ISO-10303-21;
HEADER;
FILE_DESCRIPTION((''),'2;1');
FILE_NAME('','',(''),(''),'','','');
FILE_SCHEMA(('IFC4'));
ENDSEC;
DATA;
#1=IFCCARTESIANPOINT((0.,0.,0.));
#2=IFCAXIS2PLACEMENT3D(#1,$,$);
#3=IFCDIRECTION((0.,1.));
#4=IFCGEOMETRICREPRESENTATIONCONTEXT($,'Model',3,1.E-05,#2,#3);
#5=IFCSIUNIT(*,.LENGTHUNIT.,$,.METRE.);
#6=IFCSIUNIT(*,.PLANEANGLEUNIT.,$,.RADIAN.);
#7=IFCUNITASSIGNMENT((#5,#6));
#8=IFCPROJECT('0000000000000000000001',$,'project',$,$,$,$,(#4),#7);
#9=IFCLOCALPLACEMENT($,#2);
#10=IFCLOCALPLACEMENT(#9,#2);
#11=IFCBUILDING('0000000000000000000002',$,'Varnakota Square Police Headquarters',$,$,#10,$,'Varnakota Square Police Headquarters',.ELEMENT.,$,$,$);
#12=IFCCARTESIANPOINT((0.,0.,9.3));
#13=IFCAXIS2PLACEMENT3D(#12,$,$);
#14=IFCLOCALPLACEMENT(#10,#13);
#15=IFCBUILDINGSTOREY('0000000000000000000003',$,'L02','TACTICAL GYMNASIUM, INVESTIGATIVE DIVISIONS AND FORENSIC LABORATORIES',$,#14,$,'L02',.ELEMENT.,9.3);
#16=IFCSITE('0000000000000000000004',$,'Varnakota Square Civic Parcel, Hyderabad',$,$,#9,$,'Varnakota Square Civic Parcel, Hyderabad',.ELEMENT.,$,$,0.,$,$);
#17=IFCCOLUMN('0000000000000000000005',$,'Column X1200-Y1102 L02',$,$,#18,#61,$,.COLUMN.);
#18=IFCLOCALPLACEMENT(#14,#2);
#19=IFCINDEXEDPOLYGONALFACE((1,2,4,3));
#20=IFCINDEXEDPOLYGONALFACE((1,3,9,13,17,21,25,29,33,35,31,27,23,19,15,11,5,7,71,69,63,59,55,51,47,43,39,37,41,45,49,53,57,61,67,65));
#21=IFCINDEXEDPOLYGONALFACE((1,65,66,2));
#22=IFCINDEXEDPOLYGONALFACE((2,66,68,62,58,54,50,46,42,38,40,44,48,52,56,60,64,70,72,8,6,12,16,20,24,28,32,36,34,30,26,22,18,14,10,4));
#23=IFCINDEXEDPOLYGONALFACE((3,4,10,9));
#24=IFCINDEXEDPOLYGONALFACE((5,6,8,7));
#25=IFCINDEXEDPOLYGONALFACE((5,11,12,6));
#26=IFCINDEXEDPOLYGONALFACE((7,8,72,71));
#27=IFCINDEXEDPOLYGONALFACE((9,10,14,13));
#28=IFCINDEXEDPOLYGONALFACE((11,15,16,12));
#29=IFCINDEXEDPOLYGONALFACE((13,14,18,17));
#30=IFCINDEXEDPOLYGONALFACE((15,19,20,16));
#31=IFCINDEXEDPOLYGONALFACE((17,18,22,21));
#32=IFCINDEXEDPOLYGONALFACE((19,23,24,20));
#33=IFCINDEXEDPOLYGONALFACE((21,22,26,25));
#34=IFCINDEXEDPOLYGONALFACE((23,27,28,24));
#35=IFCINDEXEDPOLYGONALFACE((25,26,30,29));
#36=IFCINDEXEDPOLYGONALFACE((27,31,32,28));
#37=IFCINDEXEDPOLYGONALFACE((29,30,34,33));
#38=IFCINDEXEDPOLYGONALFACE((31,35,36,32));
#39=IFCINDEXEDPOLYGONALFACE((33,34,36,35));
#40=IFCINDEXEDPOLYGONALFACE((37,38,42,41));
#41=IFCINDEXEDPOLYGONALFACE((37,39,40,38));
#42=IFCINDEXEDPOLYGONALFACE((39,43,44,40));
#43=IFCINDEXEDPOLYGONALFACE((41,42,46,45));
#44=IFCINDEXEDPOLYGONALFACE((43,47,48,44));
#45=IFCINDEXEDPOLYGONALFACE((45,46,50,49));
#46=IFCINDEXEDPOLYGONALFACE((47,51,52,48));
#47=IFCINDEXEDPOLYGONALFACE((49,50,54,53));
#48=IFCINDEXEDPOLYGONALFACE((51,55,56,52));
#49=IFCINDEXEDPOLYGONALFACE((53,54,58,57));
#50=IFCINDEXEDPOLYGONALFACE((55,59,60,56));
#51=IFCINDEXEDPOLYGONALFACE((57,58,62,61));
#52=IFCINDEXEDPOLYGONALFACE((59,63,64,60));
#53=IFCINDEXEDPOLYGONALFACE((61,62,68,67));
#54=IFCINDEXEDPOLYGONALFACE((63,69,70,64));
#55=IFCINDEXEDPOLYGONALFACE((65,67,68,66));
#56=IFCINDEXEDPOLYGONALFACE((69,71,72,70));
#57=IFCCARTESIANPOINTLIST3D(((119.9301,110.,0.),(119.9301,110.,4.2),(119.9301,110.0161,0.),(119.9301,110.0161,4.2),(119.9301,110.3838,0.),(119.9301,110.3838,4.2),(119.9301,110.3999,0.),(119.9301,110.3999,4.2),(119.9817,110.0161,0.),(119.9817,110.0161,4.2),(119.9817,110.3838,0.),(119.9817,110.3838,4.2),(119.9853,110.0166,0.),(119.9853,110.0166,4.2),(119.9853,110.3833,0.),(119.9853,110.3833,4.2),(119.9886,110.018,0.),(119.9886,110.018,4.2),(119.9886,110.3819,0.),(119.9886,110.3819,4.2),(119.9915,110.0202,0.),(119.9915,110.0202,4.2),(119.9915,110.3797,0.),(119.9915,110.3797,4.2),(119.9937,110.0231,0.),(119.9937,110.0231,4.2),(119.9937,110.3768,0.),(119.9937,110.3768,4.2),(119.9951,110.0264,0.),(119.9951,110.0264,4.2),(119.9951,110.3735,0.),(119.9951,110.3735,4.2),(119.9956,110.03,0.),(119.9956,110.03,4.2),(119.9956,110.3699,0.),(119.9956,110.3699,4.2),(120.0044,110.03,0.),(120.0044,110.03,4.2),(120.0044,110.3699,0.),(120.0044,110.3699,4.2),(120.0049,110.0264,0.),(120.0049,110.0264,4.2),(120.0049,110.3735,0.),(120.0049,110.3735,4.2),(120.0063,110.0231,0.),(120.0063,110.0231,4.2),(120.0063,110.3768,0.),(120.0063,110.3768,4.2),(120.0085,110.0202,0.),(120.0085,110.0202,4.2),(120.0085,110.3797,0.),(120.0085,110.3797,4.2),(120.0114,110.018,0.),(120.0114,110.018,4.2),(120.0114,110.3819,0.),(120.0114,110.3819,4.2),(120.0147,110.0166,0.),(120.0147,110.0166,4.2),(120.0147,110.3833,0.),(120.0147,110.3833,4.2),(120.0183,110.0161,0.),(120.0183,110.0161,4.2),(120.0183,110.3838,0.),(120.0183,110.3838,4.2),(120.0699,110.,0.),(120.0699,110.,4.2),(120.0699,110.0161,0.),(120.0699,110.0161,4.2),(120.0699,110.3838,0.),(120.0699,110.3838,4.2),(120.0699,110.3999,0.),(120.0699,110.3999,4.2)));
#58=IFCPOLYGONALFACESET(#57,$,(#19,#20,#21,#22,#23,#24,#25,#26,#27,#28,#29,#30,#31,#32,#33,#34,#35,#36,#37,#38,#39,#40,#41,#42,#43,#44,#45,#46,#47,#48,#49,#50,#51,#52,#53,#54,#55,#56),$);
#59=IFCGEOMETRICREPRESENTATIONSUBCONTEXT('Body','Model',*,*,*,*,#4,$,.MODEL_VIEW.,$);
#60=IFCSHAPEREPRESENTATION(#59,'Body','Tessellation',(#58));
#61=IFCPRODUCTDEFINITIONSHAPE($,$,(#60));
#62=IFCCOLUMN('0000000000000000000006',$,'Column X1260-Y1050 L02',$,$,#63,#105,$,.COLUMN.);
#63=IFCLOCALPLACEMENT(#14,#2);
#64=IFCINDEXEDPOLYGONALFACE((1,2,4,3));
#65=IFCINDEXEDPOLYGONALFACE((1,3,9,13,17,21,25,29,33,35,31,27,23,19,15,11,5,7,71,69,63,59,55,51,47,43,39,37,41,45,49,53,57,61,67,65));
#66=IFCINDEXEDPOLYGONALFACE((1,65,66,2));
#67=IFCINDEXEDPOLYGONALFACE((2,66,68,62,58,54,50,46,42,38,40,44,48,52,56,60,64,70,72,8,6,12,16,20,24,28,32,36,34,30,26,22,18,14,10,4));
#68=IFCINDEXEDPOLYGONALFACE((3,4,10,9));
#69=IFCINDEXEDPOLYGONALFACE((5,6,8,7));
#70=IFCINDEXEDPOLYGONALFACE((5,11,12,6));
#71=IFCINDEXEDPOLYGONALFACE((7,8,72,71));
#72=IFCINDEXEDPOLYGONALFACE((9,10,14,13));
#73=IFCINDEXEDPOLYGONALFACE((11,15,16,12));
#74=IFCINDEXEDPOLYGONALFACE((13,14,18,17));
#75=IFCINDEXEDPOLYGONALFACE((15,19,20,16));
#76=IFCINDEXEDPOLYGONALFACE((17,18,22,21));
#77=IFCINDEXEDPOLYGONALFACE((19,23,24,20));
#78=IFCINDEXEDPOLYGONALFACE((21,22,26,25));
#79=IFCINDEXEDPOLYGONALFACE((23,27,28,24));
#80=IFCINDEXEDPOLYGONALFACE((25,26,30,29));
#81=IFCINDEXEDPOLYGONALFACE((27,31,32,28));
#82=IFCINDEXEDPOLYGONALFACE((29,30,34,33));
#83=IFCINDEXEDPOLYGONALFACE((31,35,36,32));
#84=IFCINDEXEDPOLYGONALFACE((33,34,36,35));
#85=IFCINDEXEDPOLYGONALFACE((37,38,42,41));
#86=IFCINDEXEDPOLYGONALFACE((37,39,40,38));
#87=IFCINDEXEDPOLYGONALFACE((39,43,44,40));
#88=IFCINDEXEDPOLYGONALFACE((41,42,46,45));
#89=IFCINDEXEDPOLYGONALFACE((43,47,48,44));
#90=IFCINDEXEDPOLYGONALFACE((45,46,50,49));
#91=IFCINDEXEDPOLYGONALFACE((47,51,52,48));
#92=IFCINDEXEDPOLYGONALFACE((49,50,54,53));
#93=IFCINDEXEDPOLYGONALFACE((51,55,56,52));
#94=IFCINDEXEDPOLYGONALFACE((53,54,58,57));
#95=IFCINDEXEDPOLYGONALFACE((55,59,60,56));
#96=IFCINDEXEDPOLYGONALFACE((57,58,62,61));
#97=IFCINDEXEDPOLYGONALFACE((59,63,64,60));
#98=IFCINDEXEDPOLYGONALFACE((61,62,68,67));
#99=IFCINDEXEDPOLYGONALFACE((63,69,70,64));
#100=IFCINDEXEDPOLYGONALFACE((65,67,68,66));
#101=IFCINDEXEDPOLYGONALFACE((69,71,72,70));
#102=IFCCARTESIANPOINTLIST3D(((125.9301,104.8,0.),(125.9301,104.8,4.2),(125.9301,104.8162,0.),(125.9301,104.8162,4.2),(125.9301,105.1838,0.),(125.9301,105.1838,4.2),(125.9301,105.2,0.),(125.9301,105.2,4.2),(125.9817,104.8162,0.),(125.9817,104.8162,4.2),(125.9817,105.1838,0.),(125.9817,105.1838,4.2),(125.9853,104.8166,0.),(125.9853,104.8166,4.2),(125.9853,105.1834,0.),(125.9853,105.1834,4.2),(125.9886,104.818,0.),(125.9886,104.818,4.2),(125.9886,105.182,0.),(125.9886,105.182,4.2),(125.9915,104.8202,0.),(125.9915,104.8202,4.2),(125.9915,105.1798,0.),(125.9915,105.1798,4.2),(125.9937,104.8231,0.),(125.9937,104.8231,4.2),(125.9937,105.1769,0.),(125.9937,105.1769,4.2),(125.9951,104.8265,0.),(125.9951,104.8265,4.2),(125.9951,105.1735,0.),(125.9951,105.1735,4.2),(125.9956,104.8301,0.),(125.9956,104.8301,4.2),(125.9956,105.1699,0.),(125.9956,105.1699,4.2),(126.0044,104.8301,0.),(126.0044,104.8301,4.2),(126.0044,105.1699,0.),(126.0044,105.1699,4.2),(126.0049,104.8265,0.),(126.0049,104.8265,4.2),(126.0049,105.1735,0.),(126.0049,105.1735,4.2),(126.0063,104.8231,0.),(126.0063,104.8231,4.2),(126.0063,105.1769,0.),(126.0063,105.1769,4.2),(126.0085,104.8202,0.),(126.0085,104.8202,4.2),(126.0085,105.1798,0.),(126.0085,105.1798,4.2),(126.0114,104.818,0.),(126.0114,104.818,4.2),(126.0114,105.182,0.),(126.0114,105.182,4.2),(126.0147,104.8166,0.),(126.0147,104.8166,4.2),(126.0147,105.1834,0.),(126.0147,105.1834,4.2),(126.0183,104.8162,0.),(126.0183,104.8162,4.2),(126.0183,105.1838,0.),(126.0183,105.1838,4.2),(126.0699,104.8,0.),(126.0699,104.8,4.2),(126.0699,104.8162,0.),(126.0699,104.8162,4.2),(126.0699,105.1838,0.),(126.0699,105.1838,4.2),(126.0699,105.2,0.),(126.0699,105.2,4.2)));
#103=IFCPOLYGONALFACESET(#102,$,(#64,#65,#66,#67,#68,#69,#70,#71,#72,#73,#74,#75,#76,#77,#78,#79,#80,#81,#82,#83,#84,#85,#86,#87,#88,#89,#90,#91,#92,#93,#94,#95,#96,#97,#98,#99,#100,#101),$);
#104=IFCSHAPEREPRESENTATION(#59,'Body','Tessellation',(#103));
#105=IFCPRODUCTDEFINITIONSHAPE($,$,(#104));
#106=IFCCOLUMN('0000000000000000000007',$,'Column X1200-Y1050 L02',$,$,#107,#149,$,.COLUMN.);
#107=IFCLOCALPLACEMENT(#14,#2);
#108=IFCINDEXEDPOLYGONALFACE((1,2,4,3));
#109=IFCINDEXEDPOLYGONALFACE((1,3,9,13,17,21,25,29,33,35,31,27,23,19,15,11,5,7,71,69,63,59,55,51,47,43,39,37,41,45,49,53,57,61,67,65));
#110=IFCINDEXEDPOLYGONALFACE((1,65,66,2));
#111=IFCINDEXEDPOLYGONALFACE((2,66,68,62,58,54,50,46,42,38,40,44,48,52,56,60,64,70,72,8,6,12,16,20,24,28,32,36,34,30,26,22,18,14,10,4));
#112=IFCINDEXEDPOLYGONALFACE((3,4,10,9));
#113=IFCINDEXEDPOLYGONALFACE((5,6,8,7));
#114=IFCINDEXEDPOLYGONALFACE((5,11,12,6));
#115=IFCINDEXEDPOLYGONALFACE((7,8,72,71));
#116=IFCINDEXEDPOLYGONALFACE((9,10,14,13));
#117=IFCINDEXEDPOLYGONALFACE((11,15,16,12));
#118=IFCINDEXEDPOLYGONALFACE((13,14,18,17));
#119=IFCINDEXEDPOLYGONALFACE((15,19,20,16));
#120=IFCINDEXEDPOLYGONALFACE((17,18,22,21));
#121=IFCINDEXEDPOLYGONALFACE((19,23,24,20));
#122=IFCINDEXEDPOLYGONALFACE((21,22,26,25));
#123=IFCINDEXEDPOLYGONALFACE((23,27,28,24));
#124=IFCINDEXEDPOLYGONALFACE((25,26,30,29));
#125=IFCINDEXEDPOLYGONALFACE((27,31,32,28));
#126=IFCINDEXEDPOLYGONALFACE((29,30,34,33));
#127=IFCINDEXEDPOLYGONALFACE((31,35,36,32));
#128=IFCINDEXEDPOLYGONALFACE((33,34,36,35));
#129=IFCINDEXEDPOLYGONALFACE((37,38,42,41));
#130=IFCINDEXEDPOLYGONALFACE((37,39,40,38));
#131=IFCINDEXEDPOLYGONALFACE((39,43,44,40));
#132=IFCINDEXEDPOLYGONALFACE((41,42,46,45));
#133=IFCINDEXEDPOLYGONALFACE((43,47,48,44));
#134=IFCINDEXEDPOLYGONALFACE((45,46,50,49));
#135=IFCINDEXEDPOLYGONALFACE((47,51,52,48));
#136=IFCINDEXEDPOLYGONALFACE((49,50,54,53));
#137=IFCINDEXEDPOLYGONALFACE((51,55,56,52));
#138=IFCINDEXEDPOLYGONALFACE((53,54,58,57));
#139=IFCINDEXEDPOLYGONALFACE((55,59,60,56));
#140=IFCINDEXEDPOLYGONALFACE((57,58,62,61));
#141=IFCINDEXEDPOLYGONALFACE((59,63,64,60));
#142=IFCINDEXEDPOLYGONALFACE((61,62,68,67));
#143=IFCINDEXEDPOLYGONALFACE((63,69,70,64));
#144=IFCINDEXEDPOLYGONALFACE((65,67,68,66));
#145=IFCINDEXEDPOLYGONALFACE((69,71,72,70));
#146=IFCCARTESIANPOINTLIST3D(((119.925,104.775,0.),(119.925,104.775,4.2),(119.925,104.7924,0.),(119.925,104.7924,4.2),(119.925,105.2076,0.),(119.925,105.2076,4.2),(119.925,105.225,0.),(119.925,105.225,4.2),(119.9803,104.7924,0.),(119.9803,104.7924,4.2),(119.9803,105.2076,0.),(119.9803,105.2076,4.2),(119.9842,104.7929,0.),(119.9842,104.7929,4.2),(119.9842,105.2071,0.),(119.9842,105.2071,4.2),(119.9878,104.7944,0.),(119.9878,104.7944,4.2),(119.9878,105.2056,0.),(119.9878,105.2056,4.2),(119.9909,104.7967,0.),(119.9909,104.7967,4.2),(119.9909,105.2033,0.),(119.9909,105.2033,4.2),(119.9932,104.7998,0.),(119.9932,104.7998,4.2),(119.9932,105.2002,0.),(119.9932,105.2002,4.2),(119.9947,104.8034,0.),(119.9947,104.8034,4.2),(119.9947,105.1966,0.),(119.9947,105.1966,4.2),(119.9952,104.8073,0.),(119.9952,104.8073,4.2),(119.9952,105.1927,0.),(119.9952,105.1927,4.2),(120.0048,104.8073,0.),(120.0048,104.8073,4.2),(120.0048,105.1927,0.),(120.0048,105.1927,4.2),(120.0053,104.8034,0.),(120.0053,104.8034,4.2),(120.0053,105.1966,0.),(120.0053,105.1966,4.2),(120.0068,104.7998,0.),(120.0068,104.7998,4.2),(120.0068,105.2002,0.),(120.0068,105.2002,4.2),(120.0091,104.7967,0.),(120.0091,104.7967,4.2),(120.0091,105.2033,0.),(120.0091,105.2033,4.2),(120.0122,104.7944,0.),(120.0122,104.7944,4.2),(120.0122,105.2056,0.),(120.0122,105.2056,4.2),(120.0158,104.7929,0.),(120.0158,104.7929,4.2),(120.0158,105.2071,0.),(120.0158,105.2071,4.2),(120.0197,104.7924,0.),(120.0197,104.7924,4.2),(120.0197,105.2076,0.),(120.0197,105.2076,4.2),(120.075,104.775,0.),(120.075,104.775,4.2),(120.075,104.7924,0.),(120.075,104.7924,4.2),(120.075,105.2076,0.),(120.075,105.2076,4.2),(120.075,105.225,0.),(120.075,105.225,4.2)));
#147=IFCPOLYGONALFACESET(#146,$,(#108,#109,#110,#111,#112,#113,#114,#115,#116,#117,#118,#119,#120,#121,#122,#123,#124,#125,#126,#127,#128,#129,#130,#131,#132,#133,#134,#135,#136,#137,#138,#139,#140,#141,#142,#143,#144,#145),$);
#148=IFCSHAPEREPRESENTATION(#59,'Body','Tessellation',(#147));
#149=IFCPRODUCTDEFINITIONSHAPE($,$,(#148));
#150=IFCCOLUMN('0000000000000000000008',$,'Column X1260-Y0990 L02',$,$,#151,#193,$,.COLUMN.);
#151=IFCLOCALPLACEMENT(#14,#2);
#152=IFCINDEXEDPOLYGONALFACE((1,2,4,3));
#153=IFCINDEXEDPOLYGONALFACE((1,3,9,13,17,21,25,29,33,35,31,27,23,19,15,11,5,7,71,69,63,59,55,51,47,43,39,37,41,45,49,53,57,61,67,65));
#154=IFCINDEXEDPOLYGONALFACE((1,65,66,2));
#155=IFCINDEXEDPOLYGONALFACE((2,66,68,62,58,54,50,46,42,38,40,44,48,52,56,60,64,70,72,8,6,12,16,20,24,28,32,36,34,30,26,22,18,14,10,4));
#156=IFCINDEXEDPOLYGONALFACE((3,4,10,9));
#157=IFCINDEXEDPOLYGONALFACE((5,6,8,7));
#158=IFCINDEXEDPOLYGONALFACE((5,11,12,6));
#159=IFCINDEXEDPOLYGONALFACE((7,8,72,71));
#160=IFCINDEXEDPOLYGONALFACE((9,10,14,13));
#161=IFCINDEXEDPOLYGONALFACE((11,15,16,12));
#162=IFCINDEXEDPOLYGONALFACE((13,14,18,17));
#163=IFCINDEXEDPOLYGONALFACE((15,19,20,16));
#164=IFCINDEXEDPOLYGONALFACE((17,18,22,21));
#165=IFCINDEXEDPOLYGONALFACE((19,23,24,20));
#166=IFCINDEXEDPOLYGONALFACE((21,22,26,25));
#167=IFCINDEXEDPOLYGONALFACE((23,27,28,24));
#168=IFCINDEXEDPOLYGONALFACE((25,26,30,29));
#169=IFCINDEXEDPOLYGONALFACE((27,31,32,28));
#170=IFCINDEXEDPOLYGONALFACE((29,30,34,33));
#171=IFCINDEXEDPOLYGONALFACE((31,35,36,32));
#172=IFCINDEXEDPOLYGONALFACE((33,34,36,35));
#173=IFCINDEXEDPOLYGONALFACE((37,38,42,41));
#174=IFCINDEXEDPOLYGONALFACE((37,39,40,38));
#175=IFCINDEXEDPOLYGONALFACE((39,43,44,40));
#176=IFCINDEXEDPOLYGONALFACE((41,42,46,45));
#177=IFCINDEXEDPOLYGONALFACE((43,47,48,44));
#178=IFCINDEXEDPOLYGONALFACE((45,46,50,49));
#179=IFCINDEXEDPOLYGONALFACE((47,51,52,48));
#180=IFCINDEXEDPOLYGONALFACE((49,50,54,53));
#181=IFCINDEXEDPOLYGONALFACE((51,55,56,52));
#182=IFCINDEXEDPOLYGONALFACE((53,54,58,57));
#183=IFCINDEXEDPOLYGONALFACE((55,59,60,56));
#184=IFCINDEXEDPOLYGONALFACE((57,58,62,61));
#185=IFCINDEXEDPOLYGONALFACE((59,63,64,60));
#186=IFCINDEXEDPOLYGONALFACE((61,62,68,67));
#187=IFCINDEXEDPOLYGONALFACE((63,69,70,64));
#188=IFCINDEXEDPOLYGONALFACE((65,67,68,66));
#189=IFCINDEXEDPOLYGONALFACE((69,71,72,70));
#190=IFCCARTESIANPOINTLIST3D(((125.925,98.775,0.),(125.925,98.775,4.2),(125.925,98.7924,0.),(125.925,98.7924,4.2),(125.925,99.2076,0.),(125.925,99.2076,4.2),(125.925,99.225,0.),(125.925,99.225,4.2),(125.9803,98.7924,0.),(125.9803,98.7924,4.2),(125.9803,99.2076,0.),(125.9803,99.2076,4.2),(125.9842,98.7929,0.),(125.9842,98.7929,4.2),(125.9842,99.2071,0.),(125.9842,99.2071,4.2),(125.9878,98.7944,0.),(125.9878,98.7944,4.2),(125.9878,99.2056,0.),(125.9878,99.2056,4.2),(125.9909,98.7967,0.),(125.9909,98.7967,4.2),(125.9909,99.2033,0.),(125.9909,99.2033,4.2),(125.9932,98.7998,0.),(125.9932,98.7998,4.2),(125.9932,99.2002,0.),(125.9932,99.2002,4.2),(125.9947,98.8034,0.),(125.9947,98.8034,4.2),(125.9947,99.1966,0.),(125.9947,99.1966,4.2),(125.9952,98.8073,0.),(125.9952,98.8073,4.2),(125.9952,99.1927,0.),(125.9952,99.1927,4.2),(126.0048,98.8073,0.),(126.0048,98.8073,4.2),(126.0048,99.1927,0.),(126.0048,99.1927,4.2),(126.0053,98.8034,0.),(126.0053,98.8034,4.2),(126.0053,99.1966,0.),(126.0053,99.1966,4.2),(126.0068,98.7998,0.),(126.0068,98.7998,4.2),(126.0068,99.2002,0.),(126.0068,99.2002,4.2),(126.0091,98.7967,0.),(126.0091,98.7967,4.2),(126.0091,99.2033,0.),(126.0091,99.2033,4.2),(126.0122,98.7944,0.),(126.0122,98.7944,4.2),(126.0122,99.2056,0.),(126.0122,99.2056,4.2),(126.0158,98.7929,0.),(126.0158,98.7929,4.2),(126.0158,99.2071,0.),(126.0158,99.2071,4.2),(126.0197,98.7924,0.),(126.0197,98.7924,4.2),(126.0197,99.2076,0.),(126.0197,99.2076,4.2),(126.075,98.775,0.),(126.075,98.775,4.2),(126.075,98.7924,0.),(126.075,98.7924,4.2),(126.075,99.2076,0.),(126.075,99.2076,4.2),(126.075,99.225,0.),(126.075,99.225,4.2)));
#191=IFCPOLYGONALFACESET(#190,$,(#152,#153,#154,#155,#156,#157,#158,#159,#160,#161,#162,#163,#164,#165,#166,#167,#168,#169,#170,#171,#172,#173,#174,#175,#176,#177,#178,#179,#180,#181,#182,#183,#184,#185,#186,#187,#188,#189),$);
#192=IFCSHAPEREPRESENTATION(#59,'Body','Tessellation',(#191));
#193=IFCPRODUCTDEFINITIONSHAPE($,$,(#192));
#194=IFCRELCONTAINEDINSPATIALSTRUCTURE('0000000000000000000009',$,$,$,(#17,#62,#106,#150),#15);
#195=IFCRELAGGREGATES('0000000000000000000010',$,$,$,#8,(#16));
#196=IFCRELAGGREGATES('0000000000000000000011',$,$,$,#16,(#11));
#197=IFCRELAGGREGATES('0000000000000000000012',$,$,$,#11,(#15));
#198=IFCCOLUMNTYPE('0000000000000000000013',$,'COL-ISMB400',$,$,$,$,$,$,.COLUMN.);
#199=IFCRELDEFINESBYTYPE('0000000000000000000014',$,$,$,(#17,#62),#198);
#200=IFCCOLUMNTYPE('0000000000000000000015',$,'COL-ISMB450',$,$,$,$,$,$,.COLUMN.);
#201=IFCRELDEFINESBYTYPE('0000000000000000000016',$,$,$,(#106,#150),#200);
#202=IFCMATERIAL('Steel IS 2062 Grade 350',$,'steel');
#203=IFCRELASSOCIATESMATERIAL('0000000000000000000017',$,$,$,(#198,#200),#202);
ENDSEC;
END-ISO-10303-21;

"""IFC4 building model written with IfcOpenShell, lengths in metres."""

from ifc_helpers import new_model, si_unit, direction, frame, origin, origin_2d, place, context, subcontext, project, spatial, i_section, extrude, material, material_profile, profile_set, type_object, element, save


model = new_model("IFC4")

# Units and contexts
model_context = context("Model", 3, precision=1e-05, world=origin(), true_north=direction((0.0, 1.0)))
body_context = subcontext(model_context, "Body", "Model", "MODEL_VIEW")
ifc_project = project(units=[si_unit("LENGTHUNIT", "METRE"), si_unit("PLANEANGLEUNIT", "RADIAN")], contexts=[model_context])

# Site, building, storey
site_placement = place(None, origin())
site = spatial("IfcSite", under=ifc_project, at=site_placement, Name="Varnakota Square Civic Parcel, Hyderabad", LongName="Varnakota Square Civic Parcel, Hyderabad", CompositionType="ELEMENT", RefElevation=0.0)
building_placement = place(site_placement, origin())
building = spatial("IfcBuilding", under=site, at=building_placement, Name="Varnakota Square Police Headquarters", LongName="Varnakota Square Police Headquarters", CompositionType="ELEMENT")
storey_placement = place(building_placement, frame((0.0, 0.0, 9.3)))
storey = spatial("IfcBuildingStorey", under=building, at=storey_placement, Name="L02", Description="TACTICAL GYMNASIUM, INVESTIGATIVE DIVISIONS AND FORENSIC LABORATORIES", LongName="L02", CompositionType="ELEMENT", Elevation=9.3)

# Columns
ifc_material_1 = material(Name="Steel IS 2062 Grade 350", Category="steel")
ifc_material_profile_1 = material_profile(ifc_material_1, i_section(OverallWidth=0.1399, OverallDepth=0.3999, WebThickness=0.0088, FlangeThickness=0.0161, FilletRadius=0.0139, at=origin_2d()), Name="ISMB 400")
ifc_profile_set_1 = profile_set([ifc_material_profile_1], Name="Steel IS 2062 Grade 350")
column_type_1 = type_object("IfcColumnType", Name="COL-ISMB400", PredefinedType="COLUMN", material=ifc_profile_set_1)
for number, where, z_axis, x_axis, name in (
    (1, (120.0, 110.2, 0.0), (0.0, 0.0, 1.0), (1.0, 0.0, 0.0), "Column X1200-Y1102 L02"),
    (2, (126.0, 105.0, 0.0), (0.0, 0.0, 1.0), (1.0, 0.0, 0.0), "Column X1260-Y1050 L02"),
):
    element("IfcColumn", number, at=place(storey_placement, frame(where, z_axis=z_axis, x_axis=x_axis)), inside=storey, type_object=column_type_1, Name=name, PredefinedType="COLUMN", context=body_context, shape_type="SweptSolid", body=[
        extrude(i_section(OverallWidth=0.1399, OverallDepth=0.3999, WebThickness=0.0088, FlangeThickness=0.0161, FilletRadius=0.0139, at=origin_2d()), origin(), (0.0, 0.0, 1.0), 4.2),
    ])
ifc_material_profile_2 = material_profile(ifc_material_1, i_section(OverallWidth=0.1499, OverallDepth=0.45, WebThickness=0.0095, FlangeThickness=0.0173, FilletRadius=0.0149, at=origin_2d()), Name="ISMB 450")
ifc_profile_set_2 = profile_set([ifc_material_profile_2], Name="Steel IS 2062 Grade 350")
column_type_2 = type_object("IfcColumnType", Name="COL-ISMB450", PredefinedType="COLUMN", material=ifc_profile_set_2)
for number, where, z_axis, x_axis, name in (
    (3, (120.0, 105.0, 0.0), (0.0, 0.0, 1.0), (1.0, 0.0, 0.0), "Column X1200-Y1050 L02"),
    (4, (126.0, 99.0, 0.0), (0.0, 0.0, 1.0), (1.0, 0.0, 0.0), "Column X1260-Y0990 L02"),
):
    element("IfcColumn", number, at=place(storey_placement, frame(where, z_axis=z_axis, x_axis=x_axis)), inside=storey, type_object=column_type_2, Name=name, PredefinedType="COLUMN", context=body_context, shape_type="SweptSolid", body=[
        extrude(i_section(OverallWidth=0.1499, OverallDepth=0.45, WebThickness=0.0095, FlangeThickness=0.0173, FilletRadius=0.0149, at=origin_2d()), origin(), (0.0, 0.0, 1.0), 4.2),
    ])

save(model, "model.ifc")
